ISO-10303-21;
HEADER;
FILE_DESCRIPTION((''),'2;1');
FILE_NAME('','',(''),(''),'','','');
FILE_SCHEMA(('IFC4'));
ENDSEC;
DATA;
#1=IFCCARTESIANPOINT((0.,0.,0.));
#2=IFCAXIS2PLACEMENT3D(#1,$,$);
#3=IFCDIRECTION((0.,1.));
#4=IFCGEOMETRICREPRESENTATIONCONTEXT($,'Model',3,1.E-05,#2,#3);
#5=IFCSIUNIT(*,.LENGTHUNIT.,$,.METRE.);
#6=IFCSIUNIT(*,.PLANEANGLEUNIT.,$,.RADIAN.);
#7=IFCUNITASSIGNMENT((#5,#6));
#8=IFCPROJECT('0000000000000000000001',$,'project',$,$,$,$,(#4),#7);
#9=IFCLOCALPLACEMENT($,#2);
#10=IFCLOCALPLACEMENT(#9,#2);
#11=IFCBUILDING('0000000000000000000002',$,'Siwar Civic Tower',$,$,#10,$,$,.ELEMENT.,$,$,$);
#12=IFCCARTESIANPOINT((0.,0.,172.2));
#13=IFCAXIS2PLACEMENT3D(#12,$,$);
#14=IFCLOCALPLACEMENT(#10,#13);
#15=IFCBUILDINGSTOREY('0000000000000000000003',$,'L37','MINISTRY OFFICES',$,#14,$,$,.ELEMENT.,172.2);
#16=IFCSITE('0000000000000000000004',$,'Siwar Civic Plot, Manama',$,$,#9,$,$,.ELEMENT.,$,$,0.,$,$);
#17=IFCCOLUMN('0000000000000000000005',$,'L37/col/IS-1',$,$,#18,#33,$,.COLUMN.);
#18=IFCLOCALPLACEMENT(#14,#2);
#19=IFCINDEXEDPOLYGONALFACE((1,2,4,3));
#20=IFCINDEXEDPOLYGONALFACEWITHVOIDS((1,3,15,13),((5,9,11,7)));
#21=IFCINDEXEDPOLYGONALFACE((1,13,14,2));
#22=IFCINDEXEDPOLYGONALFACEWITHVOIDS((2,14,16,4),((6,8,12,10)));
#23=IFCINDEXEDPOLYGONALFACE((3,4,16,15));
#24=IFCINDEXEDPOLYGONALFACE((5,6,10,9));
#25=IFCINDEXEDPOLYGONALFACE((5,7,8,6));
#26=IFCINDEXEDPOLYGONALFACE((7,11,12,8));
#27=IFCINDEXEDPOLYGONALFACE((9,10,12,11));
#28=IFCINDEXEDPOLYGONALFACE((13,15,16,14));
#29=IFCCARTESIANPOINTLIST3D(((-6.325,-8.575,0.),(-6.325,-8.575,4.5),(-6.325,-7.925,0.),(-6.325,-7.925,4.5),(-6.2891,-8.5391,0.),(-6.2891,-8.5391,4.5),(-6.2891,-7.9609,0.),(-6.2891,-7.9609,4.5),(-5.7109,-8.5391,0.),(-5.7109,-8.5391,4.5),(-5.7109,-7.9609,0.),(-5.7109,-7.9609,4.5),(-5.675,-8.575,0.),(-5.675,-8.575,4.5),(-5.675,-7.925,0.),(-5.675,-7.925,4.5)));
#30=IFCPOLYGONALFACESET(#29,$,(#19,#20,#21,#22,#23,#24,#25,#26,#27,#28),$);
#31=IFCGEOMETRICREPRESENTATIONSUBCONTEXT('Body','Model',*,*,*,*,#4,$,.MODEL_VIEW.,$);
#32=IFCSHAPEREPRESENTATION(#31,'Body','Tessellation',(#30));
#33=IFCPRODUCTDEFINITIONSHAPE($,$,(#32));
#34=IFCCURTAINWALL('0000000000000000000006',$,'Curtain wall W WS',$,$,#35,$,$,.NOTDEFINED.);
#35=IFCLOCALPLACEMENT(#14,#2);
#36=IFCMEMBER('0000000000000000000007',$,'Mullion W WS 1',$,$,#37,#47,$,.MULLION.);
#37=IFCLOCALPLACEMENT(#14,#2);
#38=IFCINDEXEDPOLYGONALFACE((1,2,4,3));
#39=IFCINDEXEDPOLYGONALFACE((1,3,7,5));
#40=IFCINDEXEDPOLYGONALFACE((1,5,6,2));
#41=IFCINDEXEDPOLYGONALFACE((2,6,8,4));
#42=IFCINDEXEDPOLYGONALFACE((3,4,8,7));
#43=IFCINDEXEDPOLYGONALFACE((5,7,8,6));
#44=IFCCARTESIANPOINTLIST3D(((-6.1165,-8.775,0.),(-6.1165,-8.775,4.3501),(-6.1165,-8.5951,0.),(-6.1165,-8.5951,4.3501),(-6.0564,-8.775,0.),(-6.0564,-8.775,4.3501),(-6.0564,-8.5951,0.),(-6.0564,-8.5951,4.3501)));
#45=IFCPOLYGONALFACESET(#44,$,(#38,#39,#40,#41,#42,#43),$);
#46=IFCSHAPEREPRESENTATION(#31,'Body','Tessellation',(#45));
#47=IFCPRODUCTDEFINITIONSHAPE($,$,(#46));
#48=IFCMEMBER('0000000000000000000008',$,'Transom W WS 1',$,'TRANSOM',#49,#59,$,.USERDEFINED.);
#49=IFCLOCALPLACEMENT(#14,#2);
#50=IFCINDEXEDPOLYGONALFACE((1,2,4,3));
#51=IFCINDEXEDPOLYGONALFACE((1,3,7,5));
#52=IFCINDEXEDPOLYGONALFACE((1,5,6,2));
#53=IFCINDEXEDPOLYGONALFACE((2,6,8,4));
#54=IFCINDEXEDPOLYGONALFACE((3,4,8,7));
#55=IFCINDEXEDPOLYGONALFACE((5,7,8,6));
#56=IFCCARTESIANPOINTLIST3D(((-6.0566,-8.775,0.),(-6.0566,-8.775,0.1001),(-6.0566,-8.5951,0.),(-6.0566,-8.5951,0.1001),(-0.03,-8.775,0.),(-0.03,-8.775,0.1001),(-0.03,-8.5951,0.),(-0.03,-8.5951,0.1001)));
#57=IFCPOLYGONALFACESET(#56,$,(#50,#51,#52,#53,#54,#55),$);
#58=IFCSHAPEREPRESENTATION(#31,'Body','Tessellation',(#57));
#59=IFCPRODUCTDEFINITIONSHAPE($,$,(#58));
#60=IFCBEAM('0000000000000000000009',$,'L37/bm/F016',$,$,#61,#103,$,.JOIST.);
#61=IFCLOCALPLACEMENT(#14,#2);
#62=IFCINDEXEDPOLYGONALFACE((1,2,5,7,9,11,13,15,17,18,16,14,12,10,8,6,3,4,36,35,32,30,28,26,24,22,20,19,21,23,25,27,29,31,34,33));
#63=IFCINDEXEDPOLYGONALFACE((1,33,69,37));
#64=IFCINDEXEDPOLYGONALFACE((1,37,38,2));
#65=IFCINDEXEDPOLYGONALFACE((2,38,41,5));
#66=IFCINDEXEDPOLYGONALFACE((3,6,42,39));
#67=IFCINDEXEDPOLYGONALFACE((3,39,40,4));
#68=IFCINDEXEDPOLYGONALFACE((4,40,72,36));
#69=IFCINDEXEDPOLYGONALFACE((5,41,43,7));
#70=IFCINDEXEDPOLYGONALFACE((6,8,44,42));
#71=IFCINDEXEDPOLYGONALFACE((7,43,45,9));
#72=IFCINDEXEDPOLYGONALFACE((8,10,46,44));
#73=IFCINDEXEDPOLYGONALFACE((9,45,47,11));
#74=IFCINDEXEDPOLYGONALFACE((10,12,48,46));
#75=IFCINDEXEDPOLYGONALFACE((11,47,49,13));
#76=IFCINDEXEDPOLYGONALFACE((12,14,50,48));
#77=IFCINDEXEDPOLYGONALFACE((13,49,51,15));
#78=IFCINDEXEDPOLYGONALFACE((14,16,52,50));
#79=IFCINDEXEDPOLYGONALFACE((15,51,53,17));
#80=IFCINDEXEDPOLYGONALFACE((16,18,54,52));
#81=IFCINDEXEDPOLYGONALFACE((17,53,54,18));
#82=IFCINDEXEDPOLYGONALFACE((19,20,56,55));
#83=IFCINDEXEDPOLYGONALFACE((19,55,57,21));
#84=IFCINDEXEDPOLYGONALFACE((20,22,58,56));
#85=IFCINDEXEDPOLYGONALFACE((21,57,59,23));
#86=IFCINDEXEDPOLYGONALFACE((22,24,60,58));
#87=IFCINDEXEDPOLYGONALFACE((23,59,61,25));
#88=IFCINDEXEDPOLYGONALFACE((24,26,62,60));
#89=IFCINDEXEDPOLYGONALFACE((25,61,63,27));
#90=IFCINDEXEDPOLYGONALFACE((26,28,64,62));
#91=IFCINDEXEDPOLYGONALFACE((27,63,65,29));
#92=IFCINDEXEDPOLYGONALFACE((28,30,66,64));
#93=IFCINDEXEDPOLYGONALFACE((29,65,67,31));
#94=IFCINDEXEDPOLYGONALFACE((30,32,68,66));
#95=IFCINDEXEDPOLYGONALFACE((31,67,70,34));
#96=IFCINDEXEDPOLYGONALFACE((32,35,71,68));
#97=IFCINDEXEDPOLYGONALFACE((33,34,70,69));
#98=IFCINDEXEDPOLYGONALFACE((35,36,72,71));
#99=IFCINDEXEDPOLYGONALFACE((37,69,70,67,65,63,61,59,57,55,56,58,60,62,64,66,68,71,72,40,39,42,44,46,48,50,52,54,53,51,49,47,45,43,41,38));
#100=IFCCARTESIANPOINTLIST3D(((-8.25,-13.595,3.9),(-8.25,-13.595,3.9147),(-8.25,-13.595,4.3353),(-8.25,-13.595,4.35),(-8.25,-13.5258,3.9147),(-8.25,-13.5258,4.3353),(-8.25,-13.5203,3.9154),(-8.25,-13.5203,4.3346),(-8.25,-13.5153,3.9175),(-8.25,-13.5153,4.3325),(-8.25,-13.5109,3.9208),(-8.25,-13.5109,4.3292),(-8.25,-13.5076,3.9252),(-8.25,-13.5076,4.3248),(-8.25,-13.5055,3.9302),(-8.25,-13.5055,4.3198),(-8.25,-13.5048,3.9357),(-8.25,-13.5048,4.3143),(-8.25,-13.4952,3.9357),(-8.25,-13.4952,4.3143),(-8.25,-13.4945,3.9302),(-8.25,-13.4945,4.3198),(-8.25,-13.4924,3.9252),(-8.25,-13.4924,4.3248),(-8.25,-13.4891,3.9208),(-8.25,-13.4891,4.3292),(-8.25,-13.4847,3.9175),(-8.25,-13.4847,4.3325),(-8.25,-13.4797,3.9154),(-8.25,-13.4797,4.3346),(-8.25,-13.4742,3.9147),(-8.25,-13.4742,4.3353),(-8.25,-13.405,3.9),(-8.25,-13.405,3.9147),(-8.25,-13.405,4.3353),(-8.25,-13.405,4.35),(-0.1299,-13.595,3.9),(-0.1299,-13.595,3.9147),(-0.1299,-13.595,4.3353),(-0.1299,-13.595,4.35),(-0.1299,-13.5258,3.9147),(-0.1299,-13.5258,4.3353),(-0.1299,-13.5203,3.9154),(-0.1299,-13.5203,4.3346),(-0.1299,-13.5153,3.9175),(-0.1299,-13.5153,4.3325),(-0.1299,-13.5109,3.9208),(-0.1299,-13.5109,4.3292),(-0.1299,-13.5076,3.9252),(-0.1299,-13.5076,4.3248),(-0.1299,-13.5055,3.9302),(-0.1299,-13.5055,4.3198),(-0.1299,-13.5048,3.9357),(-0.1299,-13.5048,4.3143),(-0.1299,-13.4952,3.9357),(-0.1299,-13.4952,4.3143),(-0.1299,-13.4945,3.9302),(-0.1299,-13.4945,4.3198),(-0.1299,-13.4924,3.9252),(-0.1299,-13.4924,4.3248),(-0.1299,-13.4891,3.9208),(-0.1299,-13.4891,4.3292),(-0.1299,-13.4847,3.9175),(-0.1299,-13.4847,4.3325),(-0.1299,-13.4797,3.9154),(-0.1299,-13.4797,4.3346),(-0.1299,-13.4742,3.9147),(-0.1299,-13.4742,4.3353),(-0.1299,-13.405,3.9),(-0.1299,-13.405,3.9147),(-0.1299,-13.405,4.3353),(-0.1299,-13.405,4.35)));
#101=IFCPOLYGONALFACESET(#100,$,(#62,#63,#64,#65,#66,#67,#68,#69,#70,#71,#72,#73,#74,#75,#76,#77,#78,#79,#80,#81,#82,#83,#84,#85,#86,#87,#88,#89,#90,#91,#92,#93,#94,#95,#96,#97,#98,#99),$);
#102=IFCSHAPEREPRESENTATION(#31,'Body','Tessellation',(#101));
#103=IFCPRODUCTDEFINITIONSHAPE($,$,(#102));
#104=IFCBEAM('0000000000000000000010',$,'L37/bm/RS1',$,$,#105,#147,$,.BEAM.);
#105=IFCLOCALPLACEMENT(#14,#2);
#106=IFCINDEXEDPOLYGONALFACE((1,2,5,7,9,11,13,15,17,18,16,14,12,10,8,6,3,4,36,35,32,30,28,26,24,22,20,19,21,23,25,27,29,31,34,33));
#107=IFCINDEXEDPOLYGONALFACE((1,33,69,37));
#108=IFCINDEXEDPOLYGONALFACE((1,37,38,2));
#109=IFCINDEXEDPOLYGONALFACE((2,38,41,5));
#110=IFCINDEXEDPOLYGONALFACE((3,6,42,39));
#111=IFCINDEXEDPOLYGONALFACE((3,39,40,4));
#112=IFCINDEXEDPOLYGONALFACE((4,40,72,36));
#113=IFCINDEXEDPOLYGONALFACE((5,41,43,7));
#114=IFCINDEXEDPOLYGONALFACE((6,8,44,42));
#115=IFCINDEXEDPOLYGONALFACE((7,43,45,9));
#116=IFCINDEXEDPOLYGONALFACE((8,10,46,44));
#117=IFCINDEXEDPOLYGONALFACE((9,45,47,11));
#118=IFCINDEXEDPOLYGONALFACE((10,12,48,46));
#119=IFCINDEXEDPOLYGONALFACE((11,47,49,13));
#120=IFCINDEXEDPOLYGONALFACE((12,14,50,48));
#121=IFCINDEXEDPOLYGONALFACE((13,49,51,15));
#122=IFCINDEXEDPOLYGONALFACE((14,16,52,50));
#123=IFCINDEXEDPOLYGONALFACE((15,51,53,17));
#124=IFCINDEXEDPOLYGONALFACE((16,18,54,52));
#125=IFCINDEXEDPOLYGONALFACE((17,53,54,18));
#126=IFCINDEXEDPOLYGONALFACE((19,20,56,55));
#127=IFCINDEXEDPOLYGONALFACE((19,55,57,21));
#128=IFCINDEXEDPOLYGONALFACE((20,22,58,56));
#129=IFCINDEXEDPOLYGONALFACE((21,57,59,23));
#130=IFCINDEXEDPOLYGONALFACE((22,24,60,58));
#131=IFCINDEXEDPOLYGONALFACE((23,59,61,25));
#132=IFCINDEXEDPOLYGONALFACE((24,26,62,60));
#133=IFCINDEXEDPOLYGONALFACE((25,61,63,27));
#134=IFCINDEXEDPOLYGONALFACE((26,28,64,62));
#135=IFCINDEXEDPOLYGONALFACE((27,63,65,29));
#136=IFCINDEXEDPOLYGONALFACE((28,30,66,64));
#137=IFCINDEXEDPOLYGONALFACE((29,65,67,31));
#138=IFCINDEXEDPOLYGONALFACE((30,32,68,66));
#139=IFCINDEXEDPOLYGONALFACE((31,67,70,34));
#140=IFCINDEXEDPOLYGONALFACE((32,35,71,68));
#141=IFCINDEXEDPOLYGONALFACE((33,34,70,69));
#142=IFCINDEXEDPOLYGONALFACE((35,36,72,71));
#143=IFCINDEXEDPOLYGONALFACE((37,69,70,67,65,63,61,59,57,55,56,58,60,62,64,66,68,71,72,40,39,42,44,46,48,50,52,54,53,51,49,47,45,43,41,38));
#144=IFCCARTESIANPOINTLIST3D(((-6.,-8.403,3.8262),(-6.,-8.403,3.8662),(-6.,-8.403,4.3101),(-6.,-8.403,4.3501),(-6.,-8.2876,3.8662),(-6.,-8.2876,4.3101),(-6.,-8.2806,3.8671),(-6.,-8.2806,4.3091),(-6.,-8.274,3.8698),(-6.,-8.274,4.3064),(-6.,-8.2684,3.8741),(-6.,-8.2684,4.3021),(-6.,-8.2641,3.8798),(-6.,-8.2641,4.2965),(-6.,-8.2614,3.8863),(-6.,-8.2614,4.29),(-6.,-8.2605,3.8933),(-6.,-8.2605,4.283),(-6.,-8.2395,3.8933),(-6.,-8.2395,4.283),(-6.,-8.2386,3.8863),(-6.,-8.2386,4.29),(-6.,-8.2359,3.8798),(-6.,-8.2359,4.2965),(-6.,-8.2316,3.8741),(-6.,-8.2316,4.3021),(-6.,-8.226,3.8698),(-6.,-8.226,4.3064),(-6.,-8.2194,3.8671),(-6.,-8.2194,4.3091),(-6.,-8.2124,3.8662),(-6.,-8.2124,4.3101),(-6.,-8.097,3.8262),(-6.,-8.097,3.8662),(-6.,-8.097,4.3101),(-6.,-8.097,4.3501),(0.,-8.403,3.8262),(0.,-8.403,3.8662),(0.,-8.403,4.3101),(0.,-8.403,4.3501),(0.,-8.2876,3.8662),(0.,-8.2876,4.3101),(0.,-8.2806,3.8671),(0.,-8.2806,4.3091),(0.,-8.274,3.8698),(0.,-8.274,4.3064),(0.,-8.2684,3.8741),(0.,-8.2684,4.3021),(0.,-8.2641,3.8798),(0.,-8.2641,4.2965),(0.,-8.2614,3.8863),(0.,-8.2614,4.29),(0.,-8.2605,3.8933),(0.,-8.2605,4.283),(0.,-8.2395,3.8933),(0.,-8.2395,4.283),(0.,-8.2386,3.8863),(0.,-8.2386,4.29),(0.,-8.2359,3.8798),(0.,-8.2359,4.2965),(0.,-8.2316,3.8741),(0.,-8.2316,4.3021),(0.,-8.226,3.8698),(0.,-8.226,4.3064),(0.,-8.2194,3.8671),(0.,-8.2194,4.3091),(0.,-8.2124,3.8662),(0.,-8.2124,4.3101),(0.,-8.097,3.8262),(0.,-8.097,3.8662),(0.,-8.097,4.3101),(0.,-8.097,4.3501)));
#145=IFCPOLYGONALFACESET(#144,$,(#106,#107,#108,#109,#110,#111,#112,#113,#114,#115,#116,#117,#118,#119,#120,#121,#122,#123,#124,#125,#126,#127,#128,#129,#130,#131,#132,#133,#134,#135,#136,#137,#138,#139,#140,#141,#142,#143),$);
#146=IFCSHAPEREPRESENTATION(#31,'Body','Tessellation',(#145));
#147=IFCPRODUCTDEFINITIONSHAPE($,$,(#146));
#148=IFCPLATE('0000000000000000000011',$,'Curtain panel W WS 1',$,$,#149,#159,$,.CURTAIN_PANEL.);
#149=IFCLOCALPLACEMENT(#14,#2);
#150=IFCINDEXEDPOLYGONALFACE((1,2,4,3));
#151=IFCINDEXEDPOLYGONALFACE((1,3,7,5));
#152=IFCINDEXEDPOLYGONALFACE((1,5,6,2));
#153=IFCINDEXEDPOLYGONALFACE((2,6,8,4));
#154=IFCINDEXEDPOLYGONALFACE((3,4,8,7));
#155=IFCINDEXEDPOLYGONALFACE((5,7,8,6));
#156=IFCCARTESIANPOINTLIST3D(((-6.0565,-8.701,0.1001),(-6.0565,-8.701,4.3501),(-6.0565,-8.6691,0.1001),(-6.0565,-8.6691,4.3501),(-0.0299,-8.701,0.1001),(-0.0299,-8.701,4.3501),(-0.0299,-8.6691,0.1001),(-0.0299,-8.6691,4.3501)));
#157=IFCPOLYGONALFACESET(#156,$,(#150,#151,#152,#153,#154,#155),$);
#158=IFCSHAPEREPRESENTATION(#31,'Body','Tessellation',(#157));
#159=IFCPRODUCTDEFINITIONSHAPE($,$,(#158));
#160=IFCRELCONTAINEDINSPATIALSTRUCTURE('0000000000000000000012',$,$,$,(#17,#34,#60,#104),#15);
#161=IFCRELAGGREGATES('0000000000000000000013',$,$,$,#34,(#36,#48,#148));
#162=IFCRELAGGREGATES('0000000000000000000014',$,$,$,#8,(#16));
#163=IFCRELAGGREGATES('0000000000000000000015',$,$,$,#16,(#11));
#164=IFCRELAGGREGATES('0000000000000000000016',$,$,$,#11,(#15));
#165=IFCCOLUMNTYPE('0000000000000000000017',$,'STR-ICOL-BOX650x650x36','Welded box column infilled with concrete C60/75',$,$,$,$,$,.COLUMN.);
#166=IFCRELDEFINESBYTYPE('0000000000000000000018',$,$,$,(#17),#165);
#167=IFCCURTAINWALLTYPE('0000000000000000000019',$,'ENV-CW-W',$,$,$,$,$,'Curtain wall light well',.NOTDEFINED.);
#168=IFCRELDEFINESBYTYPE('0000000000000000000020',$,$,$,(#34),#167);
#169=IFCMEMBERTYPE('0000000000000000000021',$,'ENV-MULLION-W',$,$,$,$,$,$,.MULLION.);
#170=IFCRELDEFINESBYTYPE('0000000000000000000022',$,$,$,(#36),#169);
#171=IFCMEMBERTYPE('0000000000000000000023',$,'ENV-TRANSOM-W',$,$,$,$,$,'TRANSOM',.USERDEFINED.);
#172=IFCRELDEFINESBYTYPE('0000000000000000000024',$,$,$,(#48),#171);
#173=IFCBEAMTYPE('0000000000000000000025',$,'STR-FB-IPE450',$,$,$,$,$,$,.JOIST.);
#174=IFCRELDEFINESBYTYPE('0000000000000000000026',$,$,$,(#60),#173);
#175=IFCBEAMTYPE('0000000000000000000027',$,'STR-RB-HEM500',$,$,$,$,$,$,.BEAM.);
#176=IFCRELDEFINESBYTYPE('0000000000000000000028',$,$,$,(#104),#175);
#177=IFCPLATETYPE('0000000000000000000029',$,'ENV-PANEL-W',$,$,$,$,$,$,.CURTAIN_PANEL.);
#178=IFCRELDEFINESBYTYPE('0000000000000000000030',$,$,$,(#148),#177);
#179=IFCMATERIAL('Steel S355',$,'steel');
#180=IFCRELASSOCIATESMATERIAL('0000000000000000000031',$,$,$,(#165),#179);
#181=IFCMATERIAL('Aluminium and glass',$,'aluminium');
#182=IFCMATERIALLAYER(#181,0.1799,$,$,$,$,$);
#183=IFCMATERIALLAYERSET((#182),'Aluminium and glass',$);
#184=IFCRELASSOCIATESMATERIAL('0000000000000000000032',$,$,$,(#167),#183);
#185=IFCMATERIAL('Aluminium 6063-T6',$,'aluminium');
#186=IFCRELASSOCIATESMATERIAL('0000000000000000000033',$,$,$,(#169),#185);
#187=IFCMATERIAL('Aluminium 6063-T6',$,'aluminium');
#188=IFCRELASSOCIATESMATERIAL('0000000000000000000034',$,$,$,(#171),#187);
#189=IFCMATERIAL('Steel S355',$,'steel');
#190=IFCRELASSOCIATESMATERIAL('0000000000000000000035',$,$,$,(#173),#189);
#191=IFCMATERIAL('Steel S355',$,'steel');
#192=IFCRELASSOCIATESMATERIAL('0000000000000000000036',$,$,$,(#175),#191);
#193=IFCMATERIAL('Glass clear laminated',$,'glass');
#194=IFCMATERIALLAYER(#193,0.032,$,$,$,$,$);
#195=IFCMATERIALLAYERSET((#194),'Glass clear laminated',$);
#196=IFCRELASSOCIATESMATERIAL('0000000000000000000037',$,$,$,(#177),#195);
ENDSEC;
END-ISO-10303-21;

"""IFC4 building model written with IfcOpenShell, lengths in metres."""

from ifc_helpers import new_model, si_unit, direction, frame, origin, origin_2d, place, context, subcontext, project, spatial, rectangle, hollow_rectangle, i_section, extrude, material, layer, layer_set, material_profile, profile_set, type_object, element, aggregate, save


model = new_model("IFC4")

# Units and contexts
model_context = context("Model", 3, precision=1e-05, world=origin(), true_north=direction((0.0, 1.0)))
body_context = subcontext(model_context, "Body", "Model", "MODEL_VIEW")
ifc_project = project(units=[si_unit("LENGTHUNIT", "METRE"), si_unit("PLANEANGLEUNIT", "RADIAN")], contexts=[model_context])

# Site, building, storey
site_placement = place(None, origin())
site = spatial("IfcSite", under=ifc_project, at=site_placement, Name="Siwar Civic Plot, Manama", CompositionType="ELEMENT", RefElevation=0.0)
building_placement = place(site_placement, origin())
building = spatial("IfcBuilding", under=site, at=building_placement, Name="Siwar Civic Tower", CompositionType="ELEMENT")
storey_placement = place(building_placement, frame((0.0, 0.0, 172.2)))
storey = spatial("IfcBuildingStorey", under=building, at=storey_placement, Name="L37", Description="MINISTRY OFFICES", CompositionType="ELEMENT", Elevation=172.2)

# Column
ifc_material_1 = material(Name="Steel S355", Category="steel")
ifc_material_profile_1 = material_profile(ifc_material_1, hollow_rectangle(XDim=0.6499, YDim=0.6499, WallThickness=0.0359, at=origin_2d()), Name="BOX650x650x36")
ifc_profile_set_1 = profile_set([ifc_material_profile_1], Name="Steel S355")
column_type = type_object("IfcColumnType", Name="STR-ICOL-BOX650x650x36", Description="Welded box column infilled with concrete C60/75", PredefinedType="COLUMN", material=ifc_profile_set_1)
column_placement = place(storey_placement, frame((-6.0, -8.25, 0.0), z_axis=(0.0, 0.0, 1.0), x_axis=(1.0, 0.0, 0.0)))
element("IfcColumn", 1, at=column_placement, inside=storey, type_object=column_type, Name="L37/col/IS-1", PredefinedType="COLUMN", context=body_context, shape_type="SweptSolid", body=[
    extrude(hollow_rectangle(XDim=0.6499, YDim=0.6499, WallThickness=0.0359, at=origin_2d()), origin(), (0.0, 0.0, 1.0), 4.5),
])

# Curtain wall, members
ifc_material_2 = material(Name="Aluminium and glass", Category="aluminium")
ifc_layer_1 = layer(ifc_material_2, 0.1799)
ifc_layer_set_1 = layer_set([ifc_layer_1], Name="Aluminium and glass")
curtain_wall_type = type_object("IfcCurtainWallType", Name="ENV-CW-W", ElementType="Curtain wall light well", PredefinedType="NOTDEFINED", material=ifc_layer_set_1)
curtain_wall_placement = place(storey_placement, origin())
curtain_wall = element("IfcCurtainWall", 2, at=curtain_wall_placement, inside=storey, type_object=curtain_wall_type, Name="Curtain wall W WS", PredefinedType="NOTDEFINED")
ifc_material_3 = material(Name="Aluminium 6063-T6", Category="aluminium")
ifc_material_profile_2 = material_profile(ifc_material_3, rectangle(XDim=0.1799, YDim=0.0601, at=origin_2d()), Name="AL 180x60")
ifc_profile_set_2 = profile_set([ifc_material_profile_2], Name="Aluminium 6063-T6")
member_type_1 = type_object("IfcMemberType", Name="ENV-MULLION-W", PredefinedType="MULLION", material=ifc_profile_set_2)
member_1_placement = place(storey_placement, frame((-6.0864, -8.6851, 0.0), z_axis=(0.0, 0.0, 1.0), x_axis=(0.0, 1.0, 0.0)))
member_1 = element("IfcMember", 3, at=member_1_placement, type_object=member_type_1, Name="Mullion W WS 1", PredefinedType="MULLION", context=body_context, shape_type="SweptSolid", body=[
    extrude(rectangle(XDim=0.1799, YDim=0.0601, at=origin_2d()), origin(), (0.0, 0.0, 1.0), 4.3501),
])
ifc_material_4 = material(Name="Aluminium 6063-T6", Category="aluminium")
ifc_material_profile_3 = material_profile(ifc_material_4, rectangle(XDim=0.1799, YDim=0.1001, at=origin_2d()), Name="AL 180x100")
ifc_profile_set_3 = profile_set([ifc_material_profile_3], Name="Aluminium 6063-T6")
member_type_2 = type_object("IfcMemberType", Name="ENV-TRANSOM-W", ElementType="TRANSOM", PredefinedType="USERDEFINED", material=ifc_profile_set_3)
member_2_placement = place(storey_placement, frame((-6.0566, -8.6851, 0.05), z_axis=(1.0, 0.0, 0.0), x_axis=(0.0, 1.0, 0.0)))
member_2 = element("IfcMember", 4, at=member_2_placement, type_object=member_type_2, Name="Transom W WS 1", ObjectType="TRANSOM", PredefinedType="USERDEFINED", context=body_context, shape_type="SweptSolid", body=[
    extrude(rectangle(XDim=0.1799, YDim=0.1001, at=origin_2d()), origin(), (0.0, 0.0, 1.0), 6.0266),
])

# Beams
ifc_material_5 = material(Name="Steel S355", Category="steel")
ifc_material_profile_4 = material_profile(ifc_material_5, i_section(OverallWidth=0.1899, OverallDepth=0.45, WebThickness=0.0095, FlangeThickness=0.0146, FilletRadius=0.021, at=origin_2d()), Name="IPE450")
ifc_profile_set_4 = profile_set([ifc_material_profile_4], Name="Steel S355")
beam_type_1 = type_object("IfcBeamType", Name="STR-FB-IPE450", PredefinedType="JOIST", material=ifc_profile_set_4)
beam_1_placement = place(storey_placement, frame((-8.25, -13.5, 4.125), z_axis=(1.0, 0.0, 0.0), x_axis=(0.0, 1.0, 0.0)))
element("IfcBeam", 5, at=beam_1_placement, inside=storey, type_object=beam_type_1, Name="L37/bm/F016", PredefinedType="JOIST", context=body_context, shape_type="SweptSolid", body=[
    extrude(i_section(OverallWidth=0.1899, OverallDepth=0.45, WebThickness=0.0095, FlangeThickness=0.0146, FilletRadius=0.021, at=origin_2d()), origin(), (0.0, 0.0, 1.0), 8.1201),
])
ifc_material_6 = material(Name="Steel S355", Category="steel")
ifc_material_profile_5 = material_profile(ifc_material_6, i_section(OverallWidth=0.3059, OverallDepth=0.5239, WebThickness=0.021, FlangeThickness=0.04, FilletRadius=0.0271, at=origin_2d()), Name="HEM500")
ifc_profile_set_5 = profile_set([ifc_material_profile_5], Name="Steel S355")
beam_type_2 = type_object("IfcBeamType", Name="STR-RB-HEM500", PredefinedType="BEAM", material=ifc_profile_set_5)
beam_2_placement = place(storey_placement, frame((-6.0, -8.25, 4.0881), z_axis=(1.0, 0.0, 0.0), x_axis=(0.0, 1.0, 0.0)))
element("IfcBeam", 6, at=beam_2_placement, inside=storey, type_object=beam_type_2, Name="L37/bm/RS1", PredefinedType="BEAM", context=body_context, shape_type="SweptSolid", body=[
    extrude(i_section(OverallWidth=0.3059, OverallDepth=0.5239, WebThickness=0.021, FlangeThickness=0.04, FilletRadius=0.0271, at=origin_2d()), origin(), (0.0, 0.0, 1.0), 6.0),
])

# Plate
ifc_material_7 = material(Name="Glass clear laminated", Category="glass")
ifc_layer_2 = layer(ifc_material_7, 0.032)
ifc_layer_set_2 = layer_set([ifc_layer_2], Name="Glass clear laminated")
plate_type = type_object("IfcPlateType", Name="ENV-PANEL-W", PredefinedType="CURTAIN_PANEL", material=ifc_layer_set_2)
plate_placement = place(storey_placement, frame((-3.0432, -8.6851, 0.1001), z_axis=(0.0, 0.0, 1.0), x_axis=(1.0, 0.0, 0.0)))
plate = element("IfcPlate", 7, at=plate_placement, type_object=plate_type, Name="Curtain panel W WS 1", PredefinedType="CURTAIN_PANEL", context=body_context, shape_type="SweptSolid", body=[
    extrude(rectangle(XDim=6.0266, YDim=0.032, at=origin_2d()), origin(), (0.0, 0.0, 1.0), 4.25),
])
aggregate(curtain_wall, [member_1, member_2, plate])

save(model, "model.ifc")
